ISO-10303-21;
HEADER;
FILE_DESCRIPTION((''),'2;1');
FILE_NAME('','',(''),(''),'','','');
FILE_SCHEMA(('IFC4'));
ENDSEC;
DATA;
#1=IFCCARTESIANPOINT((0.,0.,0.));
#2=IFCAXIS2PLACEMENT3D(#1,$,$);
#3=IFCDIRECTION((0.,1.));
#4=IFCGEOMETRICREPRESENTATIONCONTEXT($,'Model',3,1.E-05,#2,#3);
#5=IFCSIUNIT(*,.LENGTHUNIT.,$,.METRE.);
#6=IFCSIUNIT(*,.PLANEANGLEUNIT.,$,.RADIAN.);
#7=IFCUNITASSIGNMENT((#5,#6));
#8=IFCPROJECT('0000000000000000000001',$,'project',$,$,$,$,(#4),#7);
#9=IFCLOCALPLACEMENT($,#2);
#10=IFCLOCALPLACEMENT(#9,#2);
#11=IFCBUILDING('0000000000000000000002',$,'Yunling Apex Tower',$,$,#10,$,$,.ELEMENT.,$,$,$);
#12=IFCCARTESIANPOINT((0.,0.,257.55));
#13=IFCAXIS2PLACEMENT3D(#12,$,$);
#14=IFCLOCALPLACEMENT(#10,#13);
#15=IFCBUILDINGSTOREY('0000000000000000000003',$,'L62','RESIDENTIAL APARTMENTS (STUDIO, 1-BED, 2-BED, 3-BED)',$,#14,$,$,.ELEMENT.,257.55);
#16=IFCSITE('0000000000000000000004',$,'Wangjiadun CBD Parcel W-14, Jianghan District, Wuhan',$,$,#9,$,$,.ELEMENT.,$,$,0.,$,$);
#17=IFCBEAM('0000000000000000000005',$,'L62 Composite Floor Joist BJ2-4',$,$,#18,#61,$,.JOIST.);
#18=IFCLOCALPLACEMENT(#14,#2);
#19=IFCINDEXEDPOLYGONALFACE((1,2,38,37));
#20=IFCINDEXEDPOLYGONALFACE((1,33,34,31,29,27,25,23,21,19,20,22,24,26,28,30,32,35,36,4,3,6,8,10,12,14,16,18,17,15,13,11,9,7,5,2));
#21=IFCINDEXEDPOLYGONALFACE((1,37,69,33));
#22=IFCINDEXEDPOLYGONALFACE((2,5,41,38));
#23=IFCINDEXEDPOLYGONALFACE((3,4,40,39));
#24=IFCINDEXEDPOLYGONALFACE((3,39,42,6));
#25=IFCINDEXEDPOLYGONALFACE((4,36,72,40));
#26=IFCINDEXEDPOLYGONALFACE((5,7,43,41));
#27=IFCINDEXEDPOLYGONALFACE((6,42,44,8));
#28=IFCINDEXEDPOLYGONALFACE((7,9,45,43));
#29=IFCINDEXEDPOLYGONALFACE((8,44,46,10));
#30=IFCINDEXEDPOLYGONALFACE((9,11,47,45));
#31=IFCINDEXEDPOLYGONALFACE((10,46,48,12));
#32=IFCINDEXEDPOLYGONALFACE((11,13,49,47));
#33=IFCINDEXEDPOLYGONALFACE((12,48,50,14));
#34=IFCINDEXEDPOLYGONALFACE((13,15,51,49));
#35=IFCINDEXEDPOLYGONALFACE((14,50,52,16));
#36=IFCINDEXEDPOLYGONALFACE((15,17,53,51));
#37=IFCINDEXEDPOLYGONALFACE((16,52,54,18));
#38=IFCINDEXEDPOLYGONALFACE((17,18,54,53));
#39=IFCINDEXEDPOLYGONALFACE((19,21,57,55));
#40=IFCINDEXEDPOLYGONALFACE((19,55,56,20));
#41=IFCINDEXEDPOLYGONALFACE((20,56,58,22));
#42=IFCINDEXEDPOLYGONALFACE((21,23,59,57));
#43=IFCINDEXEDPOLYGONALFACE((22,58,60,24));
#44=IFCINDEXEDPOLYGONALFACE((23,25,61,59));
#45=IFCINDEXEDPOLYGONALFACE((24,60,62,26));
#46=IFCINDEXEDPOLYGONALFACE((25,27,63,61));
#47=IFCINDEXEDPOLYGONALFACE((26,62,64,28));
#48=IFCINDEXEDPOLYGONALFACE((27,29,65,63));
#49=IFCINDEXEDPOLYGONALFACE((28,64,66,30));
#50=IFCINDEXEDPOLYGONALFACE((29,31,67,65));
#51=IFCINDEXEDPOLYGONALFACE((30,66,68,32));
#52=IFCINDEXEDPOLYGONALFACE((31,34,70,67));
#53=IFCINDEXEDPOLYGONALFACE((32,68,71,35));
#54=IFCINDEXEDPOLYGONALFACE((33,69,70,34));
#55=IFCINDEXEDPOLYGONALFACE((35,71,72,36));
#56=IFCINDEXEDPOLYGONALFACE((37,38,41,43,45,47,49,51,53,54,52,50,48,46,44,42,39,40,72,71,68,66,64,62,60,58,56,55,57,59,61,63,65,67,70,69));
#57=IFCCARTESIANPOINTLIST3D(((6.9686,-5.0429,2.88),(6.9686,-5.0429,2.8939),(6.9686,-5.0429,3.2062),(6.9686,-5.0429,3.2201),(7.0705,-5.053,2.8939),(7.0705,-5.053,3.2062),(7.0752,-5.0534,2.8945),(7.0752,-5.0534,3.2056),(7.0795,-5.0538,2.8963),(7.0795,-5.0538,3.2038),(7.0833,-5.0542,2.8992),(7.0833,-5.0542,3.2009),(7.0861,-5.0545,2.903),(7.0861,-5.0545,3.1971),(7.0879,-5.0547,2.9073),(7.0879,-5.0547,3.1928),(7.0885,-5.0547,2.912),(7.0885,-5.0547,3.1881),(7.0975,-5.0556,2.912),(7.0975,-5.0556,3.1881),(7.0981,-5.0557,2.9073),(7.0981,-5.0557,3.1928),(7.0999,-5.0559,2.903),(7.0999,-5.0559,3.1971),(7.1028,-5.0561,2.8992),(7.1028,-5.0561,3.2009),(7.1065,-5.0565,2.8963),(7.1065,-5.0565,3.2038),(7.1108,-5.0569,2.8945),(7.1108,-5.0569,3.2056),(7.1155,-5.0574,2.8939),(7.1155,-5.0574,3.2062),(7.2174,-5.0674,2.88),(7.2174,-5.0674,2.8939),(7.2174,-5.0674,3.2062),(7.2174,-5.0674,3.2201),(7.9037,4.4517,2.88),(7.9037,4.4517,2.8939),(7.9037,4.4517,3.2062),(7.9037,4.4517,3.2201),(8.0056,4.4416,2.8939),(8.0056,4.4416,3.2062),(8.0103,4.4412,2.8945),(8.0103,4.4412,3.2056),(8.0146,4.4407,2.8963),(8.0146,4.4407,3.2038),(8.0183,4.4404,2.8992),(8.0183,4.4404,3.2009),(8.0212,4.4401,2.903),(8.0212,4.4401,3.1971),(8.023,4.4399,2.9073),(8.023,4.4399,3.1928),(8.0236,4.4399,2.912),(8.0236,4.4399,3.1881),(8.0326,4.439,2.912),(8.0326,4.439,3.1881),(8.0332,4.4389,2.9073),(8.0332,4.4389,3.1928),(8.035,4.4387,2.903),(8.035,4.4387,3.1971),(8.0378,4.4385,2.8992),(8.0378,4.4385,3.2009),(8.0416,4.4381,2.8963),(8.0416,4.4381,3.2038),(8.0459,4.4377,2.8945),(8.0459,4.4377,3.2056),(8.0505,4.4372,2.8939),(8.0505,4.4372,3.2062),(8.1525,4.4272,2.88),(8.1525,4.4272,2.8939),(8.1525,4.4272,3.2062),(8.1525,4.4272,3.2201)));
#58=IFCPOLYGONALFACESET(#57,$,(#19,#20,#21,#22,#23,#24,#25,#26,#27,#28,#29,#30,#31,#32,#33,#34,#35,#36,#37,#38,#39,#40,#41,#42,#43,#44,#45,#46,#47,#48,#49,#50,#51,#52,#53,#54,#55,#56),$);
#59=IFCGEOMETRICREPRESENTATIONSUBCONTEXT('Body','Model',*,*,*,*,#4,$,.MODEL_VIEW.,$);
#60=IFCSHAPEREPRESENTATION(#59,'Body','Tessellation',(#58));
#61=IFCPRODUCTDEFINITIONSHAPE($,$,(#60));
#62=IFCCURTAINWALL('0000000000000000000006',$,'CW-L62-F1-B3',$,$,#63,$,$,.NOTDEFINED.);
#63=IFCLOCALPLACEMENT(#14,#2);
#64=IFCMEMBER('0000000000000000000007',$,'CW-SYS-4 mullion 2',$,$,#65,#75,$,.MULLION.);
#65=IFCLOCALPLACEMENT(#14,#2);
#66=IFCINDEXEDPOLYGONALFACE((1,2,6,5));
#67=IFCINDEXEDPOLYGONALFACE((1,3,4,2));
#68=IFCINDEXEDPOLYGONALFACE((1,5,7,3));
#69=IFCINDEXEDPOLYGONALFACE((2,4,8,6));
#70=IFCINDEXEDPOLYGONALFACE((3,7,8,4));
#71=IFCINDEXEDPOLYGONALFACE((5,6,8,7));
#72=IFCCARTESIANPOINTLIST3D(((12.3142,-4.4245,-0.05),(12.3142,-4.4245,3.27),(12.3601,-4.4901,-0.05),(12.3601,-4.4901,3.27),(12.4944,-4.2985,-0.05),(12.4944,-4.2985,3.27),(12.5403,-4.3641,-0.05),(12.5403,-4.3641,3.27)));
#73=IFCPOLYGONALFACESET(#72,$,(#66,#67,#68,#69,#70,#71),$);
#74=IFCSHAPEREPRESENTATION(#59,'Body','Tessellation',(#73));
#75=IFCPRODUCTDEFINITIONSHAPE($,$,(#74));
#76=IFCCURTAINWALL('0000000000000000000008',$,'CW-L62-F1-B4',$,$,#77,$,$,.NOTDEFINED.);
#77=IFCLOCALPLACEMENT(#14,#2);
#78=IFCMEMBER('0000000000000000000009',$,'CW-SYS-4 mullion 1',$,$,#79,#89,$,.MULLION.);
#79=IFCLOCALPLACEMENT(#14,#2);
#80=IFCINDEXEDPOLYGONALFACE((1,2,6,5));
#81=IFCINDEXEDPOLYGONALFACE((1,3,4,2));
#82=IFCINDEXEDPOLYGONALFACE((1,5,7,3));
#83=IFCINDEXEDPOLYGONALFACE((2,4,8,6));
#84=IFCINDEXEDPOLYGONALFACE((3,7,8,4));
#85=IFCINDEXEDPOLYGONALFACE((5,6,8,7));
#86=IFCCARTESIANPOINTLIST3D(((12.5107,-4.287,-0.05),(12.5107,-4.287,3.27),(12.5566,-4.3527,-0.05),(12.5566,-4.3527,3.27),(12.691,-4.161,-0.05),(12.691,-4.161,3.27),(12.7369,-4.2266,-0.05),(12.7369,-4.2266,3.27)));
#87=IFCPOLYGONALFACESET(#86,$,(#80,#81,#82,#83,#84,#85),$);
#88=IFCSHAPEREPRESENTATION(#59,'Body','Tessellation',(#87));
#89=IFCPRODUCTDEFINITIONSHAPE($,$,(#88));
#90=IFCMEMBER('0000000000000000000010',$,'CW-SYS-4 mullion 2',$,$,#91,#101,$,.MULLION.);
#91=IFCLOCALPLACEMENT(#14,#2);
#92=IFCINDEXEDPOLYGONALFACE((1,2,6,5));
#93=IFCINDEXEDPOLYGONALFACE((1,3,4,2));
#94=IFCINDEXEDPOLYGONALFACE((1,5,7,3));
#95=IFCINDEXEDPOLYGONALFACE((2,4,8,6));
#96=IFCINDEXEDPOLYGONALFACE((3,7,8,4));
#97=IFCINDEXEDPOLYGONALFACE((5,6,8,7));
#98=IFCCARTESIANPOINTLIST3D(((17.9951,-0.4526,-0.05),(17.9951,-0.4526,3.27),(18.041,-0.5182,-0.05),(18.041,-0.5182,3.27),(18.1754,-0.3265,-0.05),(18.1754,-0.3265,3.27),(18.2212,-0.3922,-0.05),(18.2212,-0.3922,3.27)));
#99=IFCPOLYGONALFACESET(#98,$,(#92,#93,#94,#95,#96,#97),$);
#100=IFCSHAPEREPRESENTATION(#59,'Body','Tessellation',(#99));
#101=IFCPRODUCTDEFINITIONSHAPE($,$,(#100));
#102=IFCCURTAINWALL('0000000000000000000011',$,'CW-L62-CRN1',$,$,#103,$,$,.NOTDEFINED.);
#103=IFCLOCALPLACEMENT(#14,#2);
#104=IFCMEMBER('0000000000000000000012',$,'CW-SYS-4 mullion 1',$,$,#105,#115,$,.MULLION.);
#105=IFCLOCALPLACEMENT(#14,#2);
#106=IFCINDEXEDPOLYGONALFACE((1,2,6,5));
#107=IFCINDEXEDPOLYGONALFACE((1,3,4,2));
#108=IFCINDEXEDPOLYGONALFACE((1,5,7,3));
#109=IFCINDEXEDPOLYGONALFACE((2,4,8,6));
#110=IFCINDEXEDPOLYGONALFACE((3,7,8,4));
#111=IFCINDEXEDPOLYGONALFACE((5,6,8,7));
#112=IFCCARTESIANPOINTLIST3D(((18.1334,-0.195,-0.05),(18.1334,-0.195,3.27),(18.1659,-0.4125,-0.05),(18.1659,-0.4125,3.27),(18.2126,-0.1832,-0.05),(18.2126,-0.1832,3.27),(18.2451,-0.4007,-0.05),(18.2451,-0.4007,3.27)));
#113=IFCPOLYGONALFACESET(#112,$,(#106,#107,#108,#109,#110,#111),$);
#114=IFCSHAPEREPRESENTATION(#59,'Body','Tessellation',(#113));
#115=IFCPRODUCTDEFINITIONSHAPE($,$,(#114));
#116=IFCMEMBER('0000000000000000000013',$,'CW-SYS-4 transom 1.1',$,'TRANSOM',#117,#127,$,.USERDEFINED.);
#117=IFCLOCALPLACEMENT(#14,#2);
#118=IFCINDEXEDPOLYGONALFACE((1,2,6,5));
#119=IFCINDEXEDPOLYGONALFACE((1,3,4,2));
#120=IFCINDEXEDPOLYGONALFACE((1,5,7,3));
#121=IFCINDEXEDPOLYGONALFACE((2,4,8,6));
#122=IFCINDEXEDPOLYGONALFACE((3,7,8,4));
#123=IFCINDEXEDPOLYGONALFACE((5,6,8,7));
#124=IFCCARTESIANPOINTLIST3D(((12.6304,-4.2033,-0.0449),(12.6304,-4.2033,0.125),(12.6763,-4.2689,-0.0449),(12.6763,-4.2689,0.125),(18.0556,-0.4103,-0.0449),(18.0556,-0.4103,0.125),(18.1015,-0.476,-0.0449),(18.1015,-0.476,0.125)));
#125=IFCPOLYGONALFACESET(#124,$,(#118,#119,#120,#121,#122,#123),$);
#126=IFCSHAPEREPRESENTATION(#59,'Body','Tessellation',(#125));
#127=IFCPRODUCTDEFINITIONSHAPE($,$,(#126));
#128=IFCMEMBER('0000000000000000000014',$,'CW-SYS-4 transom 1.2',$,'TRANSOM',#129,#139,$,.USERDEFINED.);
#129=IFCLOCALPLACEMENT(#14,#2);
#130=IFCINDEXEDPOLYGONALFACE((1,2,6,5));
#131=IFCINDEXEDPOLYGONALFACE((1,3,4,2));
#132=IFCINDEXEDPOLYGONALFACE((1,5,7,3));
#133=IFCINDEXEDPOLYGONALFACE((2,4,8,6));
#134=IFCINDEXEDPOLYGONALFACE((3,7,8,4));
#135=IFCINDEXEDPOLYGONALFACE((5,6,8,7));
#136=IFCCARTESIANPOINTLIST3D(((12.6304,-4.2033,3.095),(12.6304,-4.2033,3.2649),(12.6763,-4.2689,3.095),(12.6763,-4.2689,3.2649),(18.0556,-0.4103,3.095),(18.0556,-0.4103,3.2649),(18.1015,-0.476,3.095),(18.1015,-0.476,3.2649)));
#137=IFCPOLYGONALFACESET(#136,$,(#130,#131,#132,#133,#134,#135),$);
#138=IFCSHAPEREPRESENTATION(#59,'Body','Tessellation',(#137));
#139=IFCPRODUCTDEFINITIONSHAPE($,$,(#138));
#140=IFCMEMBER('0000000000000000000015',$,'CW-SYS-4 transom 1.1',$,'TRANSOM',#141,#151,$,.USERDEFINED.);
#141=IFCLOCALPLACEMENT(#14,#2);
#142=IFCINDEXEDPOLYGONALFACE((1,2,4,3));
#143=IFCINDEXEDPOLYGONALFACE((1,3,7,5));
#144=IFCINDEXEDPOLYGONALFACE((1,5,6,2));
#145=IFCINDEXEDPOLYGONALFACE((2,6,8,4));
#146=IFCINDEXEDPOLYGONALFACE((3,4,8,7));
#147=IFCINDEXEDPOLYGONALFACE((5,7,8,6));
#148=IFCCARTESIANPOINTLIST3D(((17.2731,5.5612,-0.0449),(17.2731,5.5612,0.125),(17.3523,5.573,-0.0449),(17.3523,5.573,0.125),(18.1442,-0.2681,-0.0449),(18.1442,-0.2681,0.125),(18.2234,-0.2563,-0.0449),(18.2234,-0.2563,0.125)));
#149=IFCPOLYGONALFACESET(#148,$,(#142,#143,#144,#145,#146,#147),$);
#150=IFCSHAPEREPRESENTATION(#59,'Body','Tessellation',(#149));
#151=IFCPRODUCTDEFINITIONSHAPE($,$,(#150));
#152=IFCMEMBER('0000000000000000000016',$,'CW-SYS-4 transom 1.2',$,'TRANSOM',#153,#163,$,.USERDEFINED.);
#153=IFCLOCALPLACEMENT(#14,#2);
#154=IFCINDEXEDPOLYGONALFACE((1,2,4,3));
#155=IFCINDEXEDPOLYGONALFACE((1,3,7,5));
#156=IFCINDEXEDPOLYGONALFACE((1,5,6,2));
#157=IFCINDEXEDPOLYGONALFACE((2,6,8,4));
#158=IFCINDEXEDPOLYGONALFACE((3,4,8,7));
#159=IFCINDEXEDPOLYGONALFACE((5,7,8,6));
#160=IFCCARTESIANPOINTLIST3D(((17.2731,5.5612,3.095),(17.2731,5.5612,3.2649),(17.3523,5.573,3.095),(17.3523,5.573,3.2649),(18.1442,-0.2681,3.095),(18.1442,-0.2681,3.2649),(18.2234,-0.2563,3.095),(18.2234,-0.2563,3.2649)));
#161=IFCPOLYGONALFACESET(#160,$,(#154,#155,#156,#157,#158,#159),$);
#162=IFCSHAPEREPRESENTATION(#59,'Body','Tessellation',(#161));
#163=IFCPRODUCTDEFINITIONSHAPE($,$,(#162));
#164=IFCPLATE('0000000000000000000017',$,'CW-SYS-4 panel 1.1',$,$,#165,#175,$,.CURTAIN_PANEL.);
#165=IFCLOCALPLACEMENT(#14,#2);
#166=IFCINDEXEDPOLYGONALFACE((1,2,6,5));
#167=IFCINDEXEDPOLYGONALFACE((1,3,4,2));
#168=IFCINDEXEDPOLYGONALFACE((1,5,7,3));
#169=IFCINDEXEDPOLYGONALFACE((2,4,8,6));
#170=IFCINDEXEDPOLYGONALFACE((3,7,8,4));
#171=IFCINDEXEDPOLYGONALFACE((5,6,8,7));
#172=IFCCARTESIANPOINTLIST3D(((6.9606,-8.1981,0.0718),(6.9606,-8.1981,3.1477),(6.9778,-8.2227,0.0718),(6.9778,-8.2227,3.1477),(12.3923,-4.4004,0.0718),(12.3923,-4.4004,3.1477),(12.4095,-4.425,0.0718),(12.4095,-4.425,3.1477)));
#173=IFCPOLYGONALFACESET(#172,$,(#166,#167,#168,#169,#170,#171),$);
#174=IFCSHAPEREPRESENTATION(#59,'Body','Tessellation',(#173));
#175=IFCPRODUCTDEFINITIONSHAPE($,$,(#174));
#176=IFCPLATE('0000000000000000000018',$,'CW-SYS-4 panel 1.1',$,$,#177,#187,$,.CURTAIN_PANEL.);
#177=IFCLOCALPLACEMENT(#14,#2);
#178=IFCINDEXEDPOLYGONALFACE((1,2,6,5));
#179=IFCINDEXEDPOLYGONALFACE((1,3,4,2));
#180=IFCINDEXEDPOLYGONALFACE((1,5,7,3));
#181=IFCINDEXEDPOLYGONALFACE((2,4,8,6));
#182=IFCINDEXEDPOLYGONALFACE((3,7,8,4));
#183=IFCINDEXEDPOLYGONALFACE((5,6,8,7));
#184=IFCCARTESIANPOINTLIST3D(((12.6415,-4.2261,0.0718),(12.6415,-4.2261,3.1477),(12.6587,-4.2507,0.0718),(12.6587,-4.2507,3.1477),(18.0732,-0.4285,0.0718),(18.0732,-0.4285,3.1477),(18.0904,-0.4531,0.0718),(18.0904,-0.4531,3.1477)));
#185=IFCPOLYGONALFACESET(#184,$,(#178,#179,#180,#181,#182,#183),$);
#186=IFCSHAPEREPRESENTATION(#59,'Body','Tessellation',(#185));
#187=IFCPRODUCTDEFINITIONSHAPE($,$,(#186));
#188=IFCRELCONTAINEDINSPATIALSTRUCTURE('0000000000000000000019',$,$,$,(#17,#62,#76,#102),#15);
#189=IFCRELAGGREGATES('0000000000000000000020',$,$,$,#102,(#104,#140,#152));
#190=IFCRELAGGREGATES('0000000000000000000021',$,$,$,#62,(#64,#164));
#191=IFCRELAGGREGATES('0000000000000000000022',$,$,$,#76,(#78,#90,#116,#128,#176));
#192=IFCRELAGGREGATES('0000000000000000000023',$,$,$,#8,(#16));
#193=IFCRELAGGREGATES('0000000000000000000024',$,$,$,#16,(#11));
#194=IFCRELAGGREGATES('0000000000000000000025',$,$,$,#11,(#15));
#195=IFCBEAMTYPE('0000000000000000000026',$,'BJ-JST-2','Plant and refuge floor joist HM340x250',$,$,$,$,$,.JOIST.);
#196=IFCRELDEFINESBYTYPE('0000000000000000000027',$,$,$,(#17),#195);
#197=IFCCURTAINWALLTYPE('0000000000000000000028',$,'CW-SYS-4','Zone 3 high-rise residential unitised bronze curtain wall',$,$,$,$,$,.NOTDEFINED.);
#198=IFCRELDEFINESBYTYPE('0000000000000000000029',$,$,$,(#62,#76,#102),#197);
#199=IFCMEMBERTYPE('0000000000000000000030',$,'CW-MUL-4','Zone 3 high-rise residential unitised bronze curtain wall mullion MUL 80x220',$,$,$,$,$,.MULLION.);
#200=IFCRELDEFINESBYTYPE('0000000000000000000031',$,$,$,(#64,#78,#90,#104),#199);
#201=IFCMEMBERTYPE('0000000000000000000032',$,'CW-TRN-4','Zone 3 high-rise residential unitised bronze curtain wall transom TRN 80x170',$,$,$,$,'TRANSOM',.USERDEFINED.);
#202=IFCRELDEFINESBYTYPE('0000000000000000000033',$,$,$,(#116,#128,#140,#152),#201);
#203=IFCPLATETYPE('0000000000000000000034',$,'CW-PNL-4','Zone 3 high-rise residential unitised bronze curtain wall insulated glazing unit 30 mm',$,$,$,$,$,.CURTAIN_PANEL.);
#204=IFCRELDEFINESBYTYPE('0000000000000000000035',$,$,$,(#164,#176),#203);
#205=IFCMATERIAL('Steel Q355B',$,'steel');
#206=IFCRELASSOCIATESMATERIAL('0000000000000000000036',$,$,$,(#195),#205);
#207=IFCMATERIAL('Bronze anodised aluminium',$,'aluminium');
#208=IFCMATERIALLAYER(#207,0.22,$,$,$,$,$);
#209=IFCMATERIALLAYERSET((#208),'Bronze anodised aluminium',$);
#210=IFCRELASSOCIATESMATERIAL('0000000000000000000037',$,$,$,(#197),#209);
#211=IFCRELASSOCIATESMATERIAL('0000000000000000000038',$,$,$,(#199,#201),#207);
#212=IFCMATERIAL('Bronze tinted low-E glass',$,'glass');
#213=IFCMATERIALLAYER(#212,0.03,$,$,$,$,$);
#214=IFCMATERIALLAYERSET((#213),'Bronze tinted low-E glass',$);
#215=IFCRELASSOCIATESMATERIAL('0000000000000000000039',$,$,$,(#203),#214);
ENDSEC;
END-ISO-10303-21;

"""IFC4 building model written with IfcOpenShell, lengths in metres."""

from ifc_helpers import new_model, si_unit, direction, frame, origin, origin_2d, place, context, subcontext, project, spatial, rectangle, i_section, extrude, source, transform, mapped, material, layer, layer_set, material_profile, profile_set, type_object, element, aggregate, save


model = new_model("IFC4")

# Units and contexts
model_context = context("Model", 3, precision=1e-05, world=origin(), true_north=direction((0.0, 1.0)))
body_context = subcontext(model_context, "Body", "Model", "MODEL_VIEW")
ifc_project = project(units=[si_unit("LENGTHUNIT", "METRE"), si_unit("PLANEANGLEUNIT", "RADIAN")], contexts=[model_context])

# Site, building, storey
site_placement = place(None, origin())
site = spatial("IfcSite", under=ifc_project, at=site_placement, Name="Wangjiadun CBD Parcel W-14, Jianghan District, Wuhan", CompositionType="ELEMENT", RefElevation=0.0)
building_placement = place(site_placement, origin())
building = spatial("IfcBuilding", under=site, at=building_placement, Name="Yunling Apex Tower", CompositionType="ELEMENT")
storey_placement = place(building_placement, frame((0.0, 0.0, 257.55)))
storey = spatial("IfcBuildingStorey", under=building, at=storey_placement, Name="L62", Description="RESIDENTIAL APARTMENTS (STUDIO, 1-BED, 2-BED, 3-BED)", CompositionType="ELEMENT", Elevation=257.55)

# Shared definitions
ifc_material_1 = material(Name="Steel Q355B", Category="steel")

# Beam
ifc_material_profile_1 = material_profile(ifc_material_1, i_section(OverallWidth=0.25, OverallDepth=0.3401, WebThickness=0.009, FlangeThickness=0.0139, FilletRadius=0.0181, at=origin_2d()))
ifc_profile_set_1 = profile_set([ifc_material_profile_1], Name="Steel Q355B")
beam_type_1 = type_object("IfcBeamType", Name="BJ-JST-2", Description="Plant and refuge floor joist HM340x250", PredefinedType="JOIST", material=ifc_profile_set_1)
shared_shape_1 = source(origin(), body_context, "Body", "SweptSolid", [
    extrude(i_section(OverallWidth=0.25, OverallDepth=0.3401, WebThickness=0.009, FlangeThickness=0.0139, FilletRadius=0.0181, at=origin_2d()), origin(), (0.0, 0.0, 1.0), 9.5405),
])
beam_1_placement = place(storey_placement, frame((7.093, -5.0552, 3.05), z_axis=(0.098009, 0.995186, 0.0), x_axis=(-0.995186, 0.098009, 0.0)))
element("IfcBeam", 1, at=beam_1_placement, inside=storey, type_object=beam_type_1, Name="L62 Composite Floor Joist BJ2-4", PredefinedType="JOIST", context=body_context, shape_type="MappedRepresentation", body=[
    mapped(shared_shape_1, transform((0.0, 0.0, 0.0), scale=1.0)),
])

# Curtain wall, member
ifc_material_2 = material(Name="Bronze anodised aluminium", Category="aluminium")
ifc_layer_1 = layer(ifc_material_2, 0.22)
ifc_layer_set_1 = layer_set([ifc_layer_1], Name="Bronze anodised aluminium")
curtain_wall_type = type_object("IfcCurtainWallType", Name="CW-SYS-4", Description="Zone 3 high-rise residential unitised bronze curtain wall", PredefinedType="NOTDEFINED", material=ifc_layer_set_1)
curtain_wall_1_placement = place(storey_placement, origin())
curtain_wall_1 = element("IfcCurtainWall", 2, at=curtain_wall_1_placement, inside=storey, type_object=curtain_wall_type, Name="CW-L62-F1-B3", PredefinedType="NOTDEFINED")
ifc_material_profile_2 = material_profile(ifc_material_2, rectangle(XDim=0.0801, YDim=0.22, at=origin_2d()))
ifc_profile_set_2 = profile_set([ifc_material_profile_2], Name="Bronze anodised aluminium")
member_type_1 = type_object("IfcMemberType", Name="CW-MUL-4", Description="Zone 3 high-rise residential unitised bronze curtain wall mullion MUL 80x220", PredefinedType="MULLION", material=ifc_profile_set_2)
shared_shape_2 = source(origin(), body_context, "Body", "SweptSolid", [
    extrude(rectangle(XDim=0.0801, YDim=0.22, at=origin_2d()), origin(), (0.0, 0.0, 1.0), 3.3201),
])
member_1_placement = place(storey_placement, frame((12.4272, -4.3943, -0.05), z_axis=(0.0, 0.0, 1.0), x_axis=(-0.57301, 0.819548, 0.0)))
member_1 = element("IfcMember", 3, at=member_1_placement, type_object=member_type_1, Name="CW-SYS-4 mullion 2", PredefinedType="MULLION", context=body_context, shape_type="MappedRepresentation", body=[
    mapped(shared_shape_2, transform((0.0, 0.0, 0.0), scale=1.0)),
])

# Curtain wall, members
curtain_wall_2_placement = place(storey_placement, origin())
curtain_wall_2 = element("IfcCurtainWall", 4, at=curtain_wall_2_placement, inside=storey, type_object=curtain_wall_type, Name="CW-L62-F1-B4", PredefinedType="NOTDEFINED")
member_2_placement = place(storey_placement, frame((12.6238, -4.2568, -0.05), z_axis=(0.0, 0.0, 1.0), x_axis=(-0.573, 0.819555, 0.0)))
member_2 = element("IfcMember", 5, at=member_2_placement, type_object=member_type_1, Name="CW-SYS-4 mullion 1", PredefinedType="MULLION", context=body_context, shape_type="MappedRepresentation", body=[
    mapped(shared_shape_2, transform((0.0, 0.0, 0.0), scale=1.0)),
])
member_3_placement = place(storey_placement, frame((18.1082, -0.4224, -0.05), z_axis=(0.0, 0.0, 1.0), x_axis=(-0.573, 0.819555, 0.0)))
member_3 = element("IfcMember", 6, at=member_3_placement, type_object=member_type_1, Name="CW-SYS-4 mullion 2", PredefinedType="MULLION", context=body_context, shape_type="MappedRepresentation", body=[
    mapped(shared_shape_2, transform((0.0, 0.0, 0.0), scale=1.0)),
])

# Curtain wall, member
curtain_wall_3_placement = place(storey_placement, origin())
curtain_wall_3 = element("IfcCurtainWall", 7, at=curtain_wall_3_placement, inside=storey, type_object=curtain_wall_type, Name="CW-L62-CRN1", PredefinedType="NOTDEFINED")
member_4_placement = place(storey_placement, frame((18.1892, -0.2979, -0.05), z_axis=(0.0, 0.0, 1.0), x_axis=(-0.989017, -0.147803, 0.0)))
member_4 = element("IfcMember", 8, at=member_4_placement, type_object=member_type_1, Name="CW-SYS-4 mullion 1", PredefinedType="MULLION", context=body_context, shape_type="MappedRepresentation", body=[
    mapped(shared_shape_2, transform((0.0, 0.0, 0.0), scale=1.0)),
])

# Members
ifc_material_profile_3 = material_profile(ifc_material_2, rectangle(XDim=0.0801, YDim=0.1699, at=origin_2d()))
ifc_profile_set_3 = profile_set([ifc_material_profile_3], Name="Bronze anodised aluminium")
member_type_2 = type_object("IfcMemberType", Name="CW-TRN-4", Description="Zone 3 high-rise residential unitised bronze curtain wall transom TRN 80x170", ElementType="TRANSOM", PredefinedType="USERDEFINED", material=ifc_profile_set_3)
shared_shape_3 = source(origin(), body_context, "Body", "SweptSolid", [
    extrude(rectangle(XDim=0.0801, YDim=0.1699, at=origin_2d()), origin(), (0.0, 0.0, 1.0), 6.6196),
])
member_5_placement = place(storey_placement, frame((12.6533, -4.2361, 0.04), z_axis=(0.819568, 0.572982, 0.0), x_axis=(-0.572982, 0.819568, 0.0)))
member_5 = element("IfcMember", 9, at=member_5_placement, type_object=member_type_2, Name="CW-SYS-4 transom 1.1", ObjectType="TRANSOM", PredefinedType="USERDEFINED", context=body_context, shape_type="MappedRepresentation", body=[
    mapped(shared_shape_3, transform((0.0, 0.0, 0.0), scale=1.0)),
])
member_6_placement = place(storey_placement, frame((12.6533, -4.2361, 3.1799), z_axis=(0.819568, 0.572982, 0.0), x_axis=(-0.572982, 0.819568, 0.0)))
member_6 = element("IfcMember", 10, at=member_6_placement, type_object=member_type_2, Name="CW-SYS-4 transom 1.2", ObjectType="TRANSOM", PredefinedType="USERDEFINED", context=body_context, shape_type="MappedRepresentation", body=[
    mapped(shared_shape_3, transform((0.0, 0.0, 0.0), scale=1.0)),
])
shared_shape_4 = source(origin(), body_context, "Body", "SweptSolid", [
    extrude(rectangle(XDim=0.0801, YDim=0.1699, at=origin_2d()), origin(), (0.0, 0.0, 1.0), 5.894),
])
member_7_placement = place(storey_placement, frame((18.1838, -0.2622, 0.04), z_axis=(-0.147792, 0.989019, 0.0), x_axis=(-0.989019, -0.147792, 0.0)))
member_7 = element("IfcMember", 11, at=member_7_placement, type_object=member_type_2, Name="CW-SYS-4 transom 1.1", ObjectType="TRANSOM", PredefinedType="USERDEFINED", context=body_context, shape_type="MappedRepresentation", body=[
    mapped(shared_shape_4, transform((0.0, 0.0, 0.0), scale=1.0)),
])
member_8_placement = place(storey_placement, frame((18.1838, -0.2622, 3.1799), z_axis=(-0.147792, 0.989019, 0.0), x_axis=(-0.989019, -0.147792, 0.0)))
member_8 = element("IfcMember", 12, at=member_8_placement, type_object=member_type_2, Name="CW-SYS-4 transom 1.2", ObjectType="TRANSOM", PredefinedType="USERDEFINED", context=body_context, shape_type="MappedRepresentation", body=[
    mapped(shared_shape_4, transform((0.0, 0.0, 0.0), scale=1.0)),
])
aggregate(curtain_wall_3, [member_4, member_7, member_8])

# Plates
ifc_material_3 = material(Name="Bronze tinted low-E glass", Category="glass")
ifc_layer_2 = layer(ifc_material_3, 0.03)
ifc_layer_set_2 = layer_set([ifc_layer_2], Name="Bronze tinted low-E glass")
plate_type = type_object("IfcPlateType", Name="CW-PNL-4", Description="Zone 3 high-rise residential unitised bronze curtain wall insulated glazing unit 30 mm", PredefinedType="CURTAIN_PANEL", material=ifc_layer_set_2)
shared_shape_5 = source(origin(), body_context, "Body", "SweptSolid", [
    extrude(rectangle(XDim=6.6277, YDim=0.03, at=origin_2d()), origin(), (0.0, 0.0, 1.0), 3.0759),
])
plate_1_placement = place(storey_placement, frame((9.6851, -6.3115, 0.0718), z_axis=(0.0, 0.0, 1.0), x_axis=(0.819548, 0.57301, 0.0)))
plate_1 = element("IfcPlate", 13, at=plate_1_placement, type_object=plate_type, Name="CW-SYS-4 panel 1.1", PredefinedType="CURTAIN_PANEL", context=body_context, shape_type="MappedRepresentation", body=[
    mapped(shared_shape_5, transform((0.0, 0.0, 0.0), scale=1.0)),
])
aggregate(curtain_wall_1, [member_1, plate_1])
plate_2_placement = place(storey_placement, frame((15.366, -2.3396, 0.0718), z_axis=(0.0, 0.0, 1.0), x_axis=(0.819555, 0.573, 0.0)))
plate_2 = element("IfcPlate", 14, at=plate_2_placement, type_object=plate_type, Name="CW-SYS-4 panel 1.1", PredefinedType="CURTAIN_PANEL", context=body_context, shape_type="MappedRepresentation", body=[
    mapped(shared_shape_5, transform((0.0, 0.0, 0.0), scale=1.0)),
])
aggregate(curtain_wall_2, [member_2, member_3, member_5, member_6, plate_2])

save(model, "model.ifc")
